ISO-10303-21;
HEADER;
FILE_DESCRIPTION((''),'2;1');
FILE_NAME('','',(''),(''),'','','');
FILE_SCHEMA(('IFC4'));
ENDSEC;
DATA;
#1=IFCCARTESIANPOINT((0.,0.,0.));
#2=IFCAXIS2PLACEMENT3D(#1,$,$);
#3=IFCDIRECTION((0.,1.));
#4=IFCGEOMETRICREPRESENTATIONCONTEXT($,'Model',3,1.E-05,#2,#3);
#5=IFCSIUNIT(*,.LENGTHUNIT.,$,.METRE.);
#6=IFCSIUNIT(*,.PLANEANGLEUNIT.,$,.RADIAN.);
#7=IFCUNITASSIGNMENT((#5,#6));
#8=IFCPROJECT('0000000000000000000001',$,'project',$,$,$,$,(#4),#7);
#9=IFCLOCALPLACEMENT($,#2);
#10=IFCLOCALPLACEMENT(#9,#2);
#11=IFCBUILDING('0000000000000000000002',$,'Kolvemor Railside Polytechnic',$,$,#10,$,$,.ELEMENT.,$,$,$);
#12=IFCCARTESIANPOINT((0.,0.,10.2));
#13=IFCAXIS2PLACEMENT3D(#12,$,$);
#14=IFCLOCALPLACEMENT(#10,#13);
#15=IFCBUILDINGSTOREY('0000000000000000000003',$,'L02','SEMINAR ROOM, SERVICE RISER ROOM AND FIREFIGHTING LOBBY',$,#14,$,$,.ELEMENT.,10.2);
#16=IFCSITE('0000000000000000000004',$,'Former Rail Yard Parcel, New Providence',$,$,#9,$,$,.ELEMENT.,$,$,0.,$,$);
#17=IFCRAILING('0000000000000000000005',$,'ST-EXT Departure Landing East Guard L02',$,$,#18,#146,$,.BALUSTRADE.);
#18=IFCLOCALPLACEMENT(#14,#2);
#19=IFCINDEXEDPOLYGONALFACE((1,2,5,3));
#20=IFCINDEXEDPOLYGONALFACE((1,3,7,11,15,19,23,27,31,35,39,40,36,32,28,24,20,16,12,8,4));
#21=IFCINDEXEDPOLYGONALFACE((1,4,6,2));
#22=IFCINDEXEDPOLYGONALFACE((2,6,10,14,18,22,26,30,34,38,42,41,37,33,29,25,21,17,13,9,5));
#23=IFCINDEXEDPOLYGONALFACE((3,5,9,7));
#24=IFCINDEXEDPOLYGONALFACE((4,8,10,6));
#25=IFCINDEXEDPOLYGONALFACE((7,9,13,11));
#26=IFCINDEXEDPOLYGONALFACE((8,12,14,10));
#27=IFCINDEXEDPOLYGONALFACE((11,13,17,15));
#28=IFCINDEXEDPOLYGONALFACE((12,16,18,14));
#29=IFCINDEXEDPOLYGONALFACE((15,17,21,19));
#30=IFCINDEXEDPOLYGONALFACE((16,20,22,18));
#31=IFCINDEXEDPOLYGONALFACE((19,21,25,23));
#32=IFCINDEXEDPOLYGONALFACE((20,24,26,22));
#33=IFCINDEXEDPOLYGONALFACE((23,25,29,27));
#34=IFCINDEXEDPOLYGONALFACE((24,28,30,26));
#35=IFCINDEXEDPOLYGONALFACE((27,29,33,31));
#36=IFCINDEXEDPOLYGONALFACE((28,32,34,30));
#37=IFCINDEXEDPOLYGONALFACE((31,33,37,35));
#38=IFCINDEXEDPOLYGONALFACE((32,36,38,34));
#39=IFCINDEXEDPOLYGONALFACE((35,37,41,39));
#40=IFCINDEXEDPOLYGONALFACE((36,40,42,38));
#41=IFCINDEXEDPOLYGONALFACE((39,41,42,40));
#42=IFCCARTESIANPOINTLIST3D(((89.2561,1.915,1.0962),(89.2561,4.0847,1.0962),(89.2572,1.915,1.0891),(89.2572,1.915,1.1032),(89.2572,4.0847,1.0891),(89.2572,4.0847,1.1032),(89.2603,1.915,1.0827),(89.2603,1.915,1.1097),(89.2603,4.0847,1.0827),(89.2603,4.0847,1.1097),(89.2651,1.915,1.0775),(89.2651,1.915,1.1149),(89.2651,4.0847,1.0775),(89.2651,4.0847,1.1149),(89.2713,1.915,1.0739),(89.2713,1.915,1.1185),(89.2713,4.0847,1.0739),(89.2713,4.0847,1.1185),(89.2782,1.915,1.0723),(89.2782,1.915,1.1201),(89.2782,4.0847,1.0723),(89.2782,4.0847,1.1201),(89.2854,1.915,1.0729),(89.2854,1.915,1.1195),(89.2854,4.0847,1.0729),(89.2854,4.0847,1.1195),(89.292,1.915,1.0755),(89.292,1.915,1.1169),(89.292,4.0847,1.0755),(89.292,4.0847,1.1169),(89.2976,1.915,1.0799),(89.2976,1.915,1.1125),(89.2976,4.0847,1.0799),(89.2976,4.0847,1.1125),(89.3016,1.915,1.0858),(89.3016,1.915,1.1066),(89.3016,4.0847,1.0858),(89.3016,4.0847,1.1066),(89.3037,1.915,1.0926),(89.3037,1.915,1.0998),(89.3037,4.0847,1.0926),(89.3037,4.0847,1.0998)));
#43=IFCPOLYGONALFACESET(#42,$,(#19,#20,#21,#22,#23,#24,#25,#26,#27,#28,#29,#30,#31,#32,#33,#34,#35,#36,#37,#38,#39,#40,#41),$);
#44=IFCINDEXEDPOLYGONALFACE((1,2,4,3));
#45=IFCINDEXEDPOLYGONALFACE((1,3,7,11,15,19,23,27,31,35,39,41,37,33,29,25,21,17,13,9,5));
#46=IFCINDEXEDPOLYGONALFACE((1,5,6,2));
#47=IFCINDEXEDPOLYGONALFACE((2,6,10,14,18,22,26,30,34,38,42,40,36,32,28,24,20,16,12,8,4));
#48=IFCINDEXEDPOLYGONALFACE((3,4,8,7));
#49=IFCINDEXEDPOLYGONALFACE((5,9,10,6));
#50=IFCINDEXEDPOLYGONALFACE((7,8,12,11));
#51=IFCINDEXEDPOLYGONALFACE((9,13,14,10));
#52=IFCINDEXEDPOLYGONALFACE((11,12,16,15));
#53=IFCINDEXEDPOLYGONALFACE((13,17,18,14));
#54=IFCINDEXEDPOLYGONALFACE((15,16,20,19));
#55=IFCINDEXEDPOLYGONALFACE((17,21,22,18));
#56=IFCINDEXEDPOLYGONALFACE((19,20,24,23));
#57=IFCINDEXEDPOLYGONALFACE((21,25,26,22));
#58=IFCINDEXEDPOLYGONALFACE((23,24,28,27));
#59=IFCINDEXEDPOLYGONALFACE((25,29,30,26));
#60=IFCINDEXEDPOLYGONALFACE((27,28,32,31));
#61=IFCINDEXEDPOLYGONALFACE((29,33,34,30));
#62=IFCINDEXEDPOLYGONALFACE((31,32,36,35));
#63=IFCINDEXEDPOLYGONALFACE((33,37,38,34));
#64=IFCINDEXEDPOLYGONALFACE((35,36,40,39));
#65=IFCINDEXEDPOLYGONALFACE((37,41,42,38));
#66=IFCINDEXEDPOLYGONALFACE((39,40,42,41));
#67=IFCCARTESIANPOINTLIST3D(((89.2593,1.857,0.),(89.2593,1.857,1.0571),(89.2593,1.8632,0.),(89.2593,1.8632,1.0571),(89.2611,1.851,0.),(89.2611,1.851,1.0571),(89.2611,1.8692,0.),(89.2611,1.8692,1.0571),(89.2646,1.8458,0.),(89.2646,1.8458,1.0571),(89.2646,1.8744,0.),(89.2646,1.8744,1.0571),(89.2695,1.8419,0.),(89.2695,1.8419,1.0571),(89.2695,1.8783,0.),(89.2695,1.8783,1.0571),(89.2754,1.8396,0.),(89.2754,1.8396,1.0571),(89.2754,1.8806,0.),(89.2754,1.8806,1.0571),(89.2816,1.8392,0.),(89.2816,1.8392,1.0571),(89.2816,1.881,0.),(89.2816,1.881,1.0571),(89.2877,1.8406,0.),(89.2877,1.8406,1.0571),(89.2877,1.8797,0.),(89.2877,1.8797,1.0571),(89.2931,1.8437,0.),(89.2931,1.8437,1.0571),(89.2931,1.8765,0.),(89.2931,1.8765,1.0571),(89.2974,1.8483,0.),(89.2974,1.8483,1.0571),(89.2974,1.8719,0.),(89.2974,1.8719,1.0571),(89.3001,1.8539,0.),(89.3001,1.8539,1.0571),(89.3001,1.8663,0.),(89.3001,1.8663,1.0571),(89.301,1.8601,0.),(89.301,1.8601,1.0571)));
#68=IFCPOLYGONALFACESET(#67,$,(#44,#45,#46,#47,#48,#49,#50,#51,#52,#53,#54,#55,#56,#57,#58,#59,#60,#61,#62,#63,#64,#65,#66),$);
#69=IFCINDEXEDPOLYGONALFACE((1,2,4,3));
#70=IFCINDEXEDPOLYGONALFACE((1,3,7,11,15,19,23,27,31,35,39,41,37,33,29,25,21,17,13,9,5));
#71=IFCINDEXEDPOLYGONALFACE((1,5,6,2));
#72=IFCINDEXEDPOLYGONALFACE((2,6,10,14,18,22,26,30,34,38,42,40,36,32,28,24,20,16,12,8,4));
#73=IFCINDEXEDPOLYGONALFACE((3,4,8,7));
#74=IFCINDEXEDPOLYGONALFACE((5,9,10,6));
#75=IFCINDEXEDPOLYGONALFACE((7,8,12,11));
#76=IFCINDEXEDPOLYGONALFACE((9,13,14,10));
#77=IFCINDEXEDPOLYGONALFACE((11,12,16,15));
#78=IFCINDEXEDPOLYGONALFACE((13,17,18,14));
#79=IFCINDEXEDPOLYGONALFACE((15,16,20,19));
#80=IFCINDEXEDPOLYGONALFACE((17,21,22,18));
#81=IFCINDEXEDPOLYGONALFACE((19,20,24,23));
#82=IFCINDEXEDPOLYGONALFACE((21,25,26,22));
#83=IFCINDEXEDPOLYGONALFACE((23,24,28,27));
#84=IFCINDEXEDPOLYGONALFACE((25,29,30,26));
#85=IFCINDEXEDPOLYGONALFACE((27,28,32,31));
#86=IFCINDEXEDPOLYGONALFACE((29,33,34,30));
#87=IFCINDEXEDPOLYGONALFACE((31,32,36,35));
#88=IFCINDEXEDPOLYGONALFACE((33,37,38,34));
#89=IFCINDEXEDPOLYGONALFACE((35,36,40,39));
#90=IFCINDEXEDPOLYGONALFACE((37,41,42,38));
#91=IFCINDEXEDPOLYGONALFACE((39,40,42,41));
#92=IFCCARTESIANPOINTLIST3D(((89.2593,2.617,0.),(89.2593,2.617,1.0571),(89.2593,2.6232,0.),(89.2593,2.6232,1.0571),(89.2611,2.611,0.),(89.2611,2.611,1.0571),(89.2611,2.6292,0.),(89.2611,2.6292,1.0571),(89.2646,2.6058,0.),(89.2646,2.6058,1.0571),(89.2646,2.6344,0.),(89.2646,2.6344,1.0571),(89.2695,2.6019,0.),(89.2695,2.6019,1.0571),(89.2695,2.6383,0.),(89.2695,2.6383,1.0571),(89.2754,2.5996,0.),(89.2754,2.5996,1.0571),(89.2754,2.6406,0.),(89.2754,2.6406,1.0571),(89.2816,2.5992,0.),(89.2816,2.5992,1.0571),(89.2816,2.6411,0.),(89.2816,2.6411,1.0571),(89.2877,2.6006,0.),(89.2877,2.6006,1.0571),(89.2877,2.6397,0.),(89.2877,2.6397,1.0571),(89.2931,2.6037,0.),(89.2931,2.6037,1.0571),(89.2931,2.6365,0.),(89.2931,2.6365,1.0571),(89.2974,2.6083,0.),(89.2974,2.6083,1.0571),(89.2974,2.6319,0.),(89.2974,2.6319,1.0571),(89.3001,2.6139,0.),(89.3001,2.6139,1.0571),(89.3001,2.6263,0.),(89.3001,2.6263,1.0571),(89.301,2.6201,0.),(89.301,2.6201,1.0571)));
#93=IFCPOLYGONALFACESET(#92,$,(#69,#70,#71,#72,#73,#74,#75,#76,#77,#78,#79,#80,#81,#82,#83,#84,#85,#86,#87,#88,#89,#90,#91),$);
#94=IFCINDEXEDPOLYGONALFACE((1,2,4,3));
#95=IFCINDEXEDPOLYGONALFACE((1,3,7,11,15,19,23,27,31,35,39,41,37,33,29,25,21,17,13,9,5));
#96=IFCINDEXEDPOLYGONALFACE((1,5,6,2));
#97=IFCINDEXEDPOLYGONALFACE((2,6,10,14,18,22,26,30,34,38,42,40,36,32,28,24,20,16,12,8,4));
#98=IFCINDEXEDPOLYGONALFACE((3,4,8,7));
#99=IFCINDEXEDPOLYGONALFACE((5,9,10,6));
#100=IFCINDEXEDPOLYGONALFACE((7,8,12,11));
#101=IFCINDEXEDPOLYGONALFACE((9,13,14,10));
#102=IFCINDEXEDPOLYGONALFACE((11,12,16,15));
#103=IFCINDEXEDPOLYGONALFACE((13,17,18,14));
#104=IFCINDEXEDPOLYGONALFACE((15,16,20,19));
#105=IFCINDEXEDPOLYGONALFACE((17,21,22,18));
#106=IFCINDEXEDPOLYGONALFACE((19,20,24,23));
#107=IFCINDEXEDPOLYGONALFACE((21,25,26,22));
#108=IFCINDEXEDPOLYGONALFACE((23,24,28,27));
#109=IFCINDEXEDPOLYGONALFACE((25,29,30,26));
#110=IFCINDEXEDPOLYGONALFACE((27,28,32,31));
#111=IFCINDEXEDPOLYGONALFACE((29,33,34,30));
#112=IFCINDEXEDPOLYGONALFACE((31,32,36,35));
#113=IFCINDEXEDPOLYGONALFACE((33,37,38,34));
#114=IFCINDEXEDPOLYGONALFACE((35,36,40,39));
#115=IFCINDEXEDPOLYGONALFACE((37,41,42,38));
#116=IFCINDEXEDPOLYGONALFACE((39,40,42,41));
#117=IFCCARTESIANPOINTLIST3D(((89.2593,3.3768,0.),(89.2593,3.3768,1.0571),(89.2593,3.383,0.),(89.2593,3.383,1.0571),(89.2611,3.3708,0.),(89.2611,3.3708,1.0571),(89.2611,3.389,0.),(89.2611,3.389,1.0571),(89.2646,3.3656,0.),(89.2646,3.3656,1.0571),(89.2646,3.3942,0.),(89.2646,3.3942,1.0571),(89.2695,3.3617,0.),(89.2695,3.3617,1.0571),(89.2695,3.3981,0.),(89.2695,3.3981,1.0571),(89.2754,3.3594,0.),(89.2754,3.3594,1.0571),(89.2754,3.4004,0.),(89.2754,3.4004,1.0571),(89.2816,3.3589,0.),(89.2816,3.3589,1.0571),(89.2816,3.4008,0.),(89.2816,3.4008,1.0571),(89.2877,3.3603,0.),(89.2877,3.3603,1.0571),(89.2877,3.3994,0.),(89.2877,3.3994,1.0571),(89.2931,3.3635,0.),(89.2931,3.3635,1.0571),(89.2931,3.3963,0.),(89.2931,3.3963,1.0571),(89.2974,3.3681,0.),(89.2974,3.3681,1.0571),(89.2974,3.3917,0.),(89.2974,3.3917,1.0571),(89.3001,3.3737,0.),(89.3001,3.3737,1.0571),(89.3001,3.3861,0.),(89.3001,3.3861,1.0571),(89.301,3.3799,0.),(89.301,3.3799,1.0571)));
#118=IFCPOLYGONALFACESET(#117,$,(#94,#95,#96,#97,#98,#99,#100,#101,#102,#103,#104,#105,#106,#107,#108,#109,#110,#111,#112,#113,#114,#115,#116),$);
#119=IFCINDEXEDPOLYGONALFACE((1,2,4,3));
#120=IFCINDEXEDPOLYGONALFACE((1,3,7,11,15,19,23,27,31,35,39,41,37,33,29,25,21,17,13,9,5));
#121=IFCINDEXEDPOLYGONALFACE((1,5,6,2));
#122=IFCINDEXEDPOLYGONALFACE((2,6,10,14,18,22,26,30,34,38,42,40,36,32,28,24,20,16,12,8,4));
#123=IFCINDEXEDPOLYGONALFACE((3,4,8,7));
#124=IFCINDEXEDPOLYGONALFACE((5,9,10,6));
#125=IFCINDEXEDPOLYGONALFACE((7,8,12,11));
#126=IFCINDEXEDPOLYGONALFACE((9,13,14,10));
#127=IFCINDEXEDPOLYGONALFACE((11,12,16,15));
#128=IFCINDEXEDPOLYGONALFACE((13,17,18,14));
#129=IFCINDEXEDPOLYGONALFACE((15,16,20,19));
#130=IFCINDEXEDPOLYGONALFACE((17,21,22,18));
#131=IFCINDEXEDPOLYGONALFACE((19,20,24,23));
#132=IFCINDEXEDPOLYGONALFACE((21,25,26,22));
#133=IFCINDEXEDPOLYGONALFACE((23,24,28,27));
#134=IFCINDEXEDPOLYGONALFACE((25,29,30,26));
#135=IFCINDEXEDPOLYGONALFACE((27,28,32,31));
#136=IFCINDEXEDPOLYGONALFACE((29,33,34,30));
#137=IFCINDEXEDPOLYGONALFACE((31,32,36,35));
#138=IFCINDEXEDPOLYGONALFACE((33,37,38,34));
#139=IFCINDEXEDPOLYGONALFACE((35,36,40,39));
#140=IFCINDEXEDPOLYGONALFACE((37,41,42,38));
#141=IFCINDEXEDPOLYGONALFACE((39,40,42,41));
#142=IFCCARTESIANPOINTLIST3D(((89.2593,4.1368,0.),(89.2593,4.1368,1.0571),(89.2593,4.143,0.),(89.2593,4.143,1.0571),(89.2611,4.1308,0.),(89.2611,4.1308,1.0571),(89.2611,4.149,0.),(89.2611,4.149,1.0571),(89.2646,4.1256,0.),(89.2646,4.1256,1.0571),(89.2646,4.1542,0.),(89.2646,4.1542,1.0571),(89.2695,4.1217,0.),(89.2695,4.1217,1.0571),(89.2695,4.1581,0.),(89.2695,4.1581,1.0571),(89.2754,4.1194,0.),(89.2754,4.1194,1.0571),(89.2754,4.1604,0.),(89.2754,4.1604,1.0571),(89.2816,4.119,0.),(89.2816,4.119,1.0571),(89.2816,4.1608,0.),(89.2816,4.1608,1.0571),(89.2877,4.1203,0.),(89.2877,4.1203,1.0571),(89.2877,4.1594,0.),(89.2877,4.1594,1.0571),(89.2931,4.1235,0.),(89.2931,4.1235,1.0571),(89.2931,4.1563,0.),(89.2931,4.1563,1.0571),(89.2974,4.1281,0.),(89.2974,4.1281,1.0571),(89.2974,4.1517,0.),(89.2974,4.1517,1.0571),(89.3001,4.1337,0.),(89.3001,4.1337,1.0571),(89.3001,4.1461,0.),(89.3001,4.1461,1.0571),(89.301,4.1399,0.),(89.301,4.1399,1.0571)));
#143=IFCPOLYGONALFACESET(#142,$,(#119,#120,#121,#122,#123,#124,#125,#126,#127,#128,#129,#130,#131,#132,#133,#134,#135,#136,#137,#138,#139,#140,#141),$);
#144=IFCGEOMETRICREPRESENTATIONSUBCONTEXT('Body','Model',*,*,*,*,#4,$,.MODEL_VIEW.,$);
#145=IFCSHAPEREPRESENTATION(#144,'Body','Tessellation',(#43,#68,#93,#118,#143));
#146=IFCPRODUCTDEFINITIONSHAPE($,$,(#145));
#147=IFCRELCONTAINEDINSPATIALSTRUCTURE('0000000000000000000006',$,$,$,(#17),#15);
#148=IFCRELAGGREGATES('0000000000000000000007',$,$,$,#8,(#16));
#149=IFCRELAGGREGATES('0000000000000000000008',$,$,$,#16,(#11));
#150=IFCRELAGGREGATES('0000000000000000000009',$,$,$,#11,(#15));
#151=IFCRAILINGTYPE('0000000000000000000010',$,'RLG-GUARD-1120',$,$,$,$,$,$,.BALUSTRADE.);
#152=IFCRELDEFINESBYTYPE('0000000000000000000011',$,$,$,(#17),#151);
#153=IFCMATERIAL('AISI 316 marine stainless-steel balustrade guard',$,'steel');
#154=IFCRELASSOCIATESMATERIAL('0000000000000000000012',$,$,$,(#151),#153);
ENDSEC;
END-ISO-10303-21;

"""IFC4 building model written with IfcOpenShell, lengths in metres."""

from ifc_helpers import new_model, si_unit, direction, frame, origin, origin_2d, place, context, subcontext, project, spatial, circle, extrude, material, type_object, element, save


model = new_model("IFC4")

# Units and contexts
model_context = context("Model", 3, precision=1e-05, world=origin(), true_north=direction((0.0, 1.0)))
body_context = subcontext(model_context, "Body", "Model", "MODEL_VIEW")
ifc_project = project(units=[si_unit("LENGTHUNIT", "METRE"), si_unit("PLANEANGLEUNIT", "RADIAN")], contexts=[model_context])

# Site, building, storey
site_placement = place(None, origin())
site = spatial("IfcSite", under=ifc_project, at=site_placement, Name="Former Rail Yard Parcel, New Providence", CompositionType="ELEMENT", RefElevation=0.0)
building_placement = place(site_placement, origin())
building = spatial("IfcBuilding", under=site, at=building_placement, Name="Kolvemor Railside Polytechnic", CompositionType="ELEMENT")
storey_placement = place(building_placement, frame((0.0, 0.0, 10.2)))
storey = spatial("IfcBuildingStorey", under=building, at=storey_placement, Name="L02", Description="SEMINAR ROOM, SERVICE RISER ROOM AND FIREFIGHTING LOBBY", CompositionType="ELEMENT", Elevation=10.2)

# Railing
ifc_material_1 = material(Name="AISI 316 marine stainless-steel balustrade guard", Category="steel")
railing_type_1 = type_object("IfcRailingType", Name="RLG-GUARD-1120", PredefinedType="BALUSTRADE", material=ifc_material_1)
railing_1_placement = place(storey_placement, frame((89.28, 1.8601, 0.0)))
element("IfcRailing", 1, at=railing_1_placement, inside=storey, type_object=railing_type_1, Name="ST-EXT Departure Landing East Guard L02", PredefinedType="BALUSTRADE", context=body_context, shape_type="SweptSolid", body=[
    extrude(circle(Radius=0.0239, at=origin_2d()), frame((0.0, 0.0549, 1.0962), z_axis=(0.0, 1.0, 0.0), x_axis=(-1.0, 0.0, 0.0)), (0.0, 0.0, 1.0), 2.1697),
    extrude(circle(Radius=0.021, at=origin_2d()), origin(), (0.0, 0.0, 1.0), 1.0571),
    extrude(circle(Radius=0.021, at=origin_2d()), frame((0.0, 0.76, 0.0)), (0.0, 0.0, 1.0), 1.0571),
    extrude(circle(Radius=0.021, at=origin_2d()), frame((0.0, 1.5198, 0.0)), (0.0, 0.0, 1.0), 1.0571),
    extrude(circle(Radius=0.021, at=origin_2d()), frame((0.0, 2.2798, 0.0)), (0.0, 0.0, 1.0), 1.0571),
])

save(model, "model.ifc")
